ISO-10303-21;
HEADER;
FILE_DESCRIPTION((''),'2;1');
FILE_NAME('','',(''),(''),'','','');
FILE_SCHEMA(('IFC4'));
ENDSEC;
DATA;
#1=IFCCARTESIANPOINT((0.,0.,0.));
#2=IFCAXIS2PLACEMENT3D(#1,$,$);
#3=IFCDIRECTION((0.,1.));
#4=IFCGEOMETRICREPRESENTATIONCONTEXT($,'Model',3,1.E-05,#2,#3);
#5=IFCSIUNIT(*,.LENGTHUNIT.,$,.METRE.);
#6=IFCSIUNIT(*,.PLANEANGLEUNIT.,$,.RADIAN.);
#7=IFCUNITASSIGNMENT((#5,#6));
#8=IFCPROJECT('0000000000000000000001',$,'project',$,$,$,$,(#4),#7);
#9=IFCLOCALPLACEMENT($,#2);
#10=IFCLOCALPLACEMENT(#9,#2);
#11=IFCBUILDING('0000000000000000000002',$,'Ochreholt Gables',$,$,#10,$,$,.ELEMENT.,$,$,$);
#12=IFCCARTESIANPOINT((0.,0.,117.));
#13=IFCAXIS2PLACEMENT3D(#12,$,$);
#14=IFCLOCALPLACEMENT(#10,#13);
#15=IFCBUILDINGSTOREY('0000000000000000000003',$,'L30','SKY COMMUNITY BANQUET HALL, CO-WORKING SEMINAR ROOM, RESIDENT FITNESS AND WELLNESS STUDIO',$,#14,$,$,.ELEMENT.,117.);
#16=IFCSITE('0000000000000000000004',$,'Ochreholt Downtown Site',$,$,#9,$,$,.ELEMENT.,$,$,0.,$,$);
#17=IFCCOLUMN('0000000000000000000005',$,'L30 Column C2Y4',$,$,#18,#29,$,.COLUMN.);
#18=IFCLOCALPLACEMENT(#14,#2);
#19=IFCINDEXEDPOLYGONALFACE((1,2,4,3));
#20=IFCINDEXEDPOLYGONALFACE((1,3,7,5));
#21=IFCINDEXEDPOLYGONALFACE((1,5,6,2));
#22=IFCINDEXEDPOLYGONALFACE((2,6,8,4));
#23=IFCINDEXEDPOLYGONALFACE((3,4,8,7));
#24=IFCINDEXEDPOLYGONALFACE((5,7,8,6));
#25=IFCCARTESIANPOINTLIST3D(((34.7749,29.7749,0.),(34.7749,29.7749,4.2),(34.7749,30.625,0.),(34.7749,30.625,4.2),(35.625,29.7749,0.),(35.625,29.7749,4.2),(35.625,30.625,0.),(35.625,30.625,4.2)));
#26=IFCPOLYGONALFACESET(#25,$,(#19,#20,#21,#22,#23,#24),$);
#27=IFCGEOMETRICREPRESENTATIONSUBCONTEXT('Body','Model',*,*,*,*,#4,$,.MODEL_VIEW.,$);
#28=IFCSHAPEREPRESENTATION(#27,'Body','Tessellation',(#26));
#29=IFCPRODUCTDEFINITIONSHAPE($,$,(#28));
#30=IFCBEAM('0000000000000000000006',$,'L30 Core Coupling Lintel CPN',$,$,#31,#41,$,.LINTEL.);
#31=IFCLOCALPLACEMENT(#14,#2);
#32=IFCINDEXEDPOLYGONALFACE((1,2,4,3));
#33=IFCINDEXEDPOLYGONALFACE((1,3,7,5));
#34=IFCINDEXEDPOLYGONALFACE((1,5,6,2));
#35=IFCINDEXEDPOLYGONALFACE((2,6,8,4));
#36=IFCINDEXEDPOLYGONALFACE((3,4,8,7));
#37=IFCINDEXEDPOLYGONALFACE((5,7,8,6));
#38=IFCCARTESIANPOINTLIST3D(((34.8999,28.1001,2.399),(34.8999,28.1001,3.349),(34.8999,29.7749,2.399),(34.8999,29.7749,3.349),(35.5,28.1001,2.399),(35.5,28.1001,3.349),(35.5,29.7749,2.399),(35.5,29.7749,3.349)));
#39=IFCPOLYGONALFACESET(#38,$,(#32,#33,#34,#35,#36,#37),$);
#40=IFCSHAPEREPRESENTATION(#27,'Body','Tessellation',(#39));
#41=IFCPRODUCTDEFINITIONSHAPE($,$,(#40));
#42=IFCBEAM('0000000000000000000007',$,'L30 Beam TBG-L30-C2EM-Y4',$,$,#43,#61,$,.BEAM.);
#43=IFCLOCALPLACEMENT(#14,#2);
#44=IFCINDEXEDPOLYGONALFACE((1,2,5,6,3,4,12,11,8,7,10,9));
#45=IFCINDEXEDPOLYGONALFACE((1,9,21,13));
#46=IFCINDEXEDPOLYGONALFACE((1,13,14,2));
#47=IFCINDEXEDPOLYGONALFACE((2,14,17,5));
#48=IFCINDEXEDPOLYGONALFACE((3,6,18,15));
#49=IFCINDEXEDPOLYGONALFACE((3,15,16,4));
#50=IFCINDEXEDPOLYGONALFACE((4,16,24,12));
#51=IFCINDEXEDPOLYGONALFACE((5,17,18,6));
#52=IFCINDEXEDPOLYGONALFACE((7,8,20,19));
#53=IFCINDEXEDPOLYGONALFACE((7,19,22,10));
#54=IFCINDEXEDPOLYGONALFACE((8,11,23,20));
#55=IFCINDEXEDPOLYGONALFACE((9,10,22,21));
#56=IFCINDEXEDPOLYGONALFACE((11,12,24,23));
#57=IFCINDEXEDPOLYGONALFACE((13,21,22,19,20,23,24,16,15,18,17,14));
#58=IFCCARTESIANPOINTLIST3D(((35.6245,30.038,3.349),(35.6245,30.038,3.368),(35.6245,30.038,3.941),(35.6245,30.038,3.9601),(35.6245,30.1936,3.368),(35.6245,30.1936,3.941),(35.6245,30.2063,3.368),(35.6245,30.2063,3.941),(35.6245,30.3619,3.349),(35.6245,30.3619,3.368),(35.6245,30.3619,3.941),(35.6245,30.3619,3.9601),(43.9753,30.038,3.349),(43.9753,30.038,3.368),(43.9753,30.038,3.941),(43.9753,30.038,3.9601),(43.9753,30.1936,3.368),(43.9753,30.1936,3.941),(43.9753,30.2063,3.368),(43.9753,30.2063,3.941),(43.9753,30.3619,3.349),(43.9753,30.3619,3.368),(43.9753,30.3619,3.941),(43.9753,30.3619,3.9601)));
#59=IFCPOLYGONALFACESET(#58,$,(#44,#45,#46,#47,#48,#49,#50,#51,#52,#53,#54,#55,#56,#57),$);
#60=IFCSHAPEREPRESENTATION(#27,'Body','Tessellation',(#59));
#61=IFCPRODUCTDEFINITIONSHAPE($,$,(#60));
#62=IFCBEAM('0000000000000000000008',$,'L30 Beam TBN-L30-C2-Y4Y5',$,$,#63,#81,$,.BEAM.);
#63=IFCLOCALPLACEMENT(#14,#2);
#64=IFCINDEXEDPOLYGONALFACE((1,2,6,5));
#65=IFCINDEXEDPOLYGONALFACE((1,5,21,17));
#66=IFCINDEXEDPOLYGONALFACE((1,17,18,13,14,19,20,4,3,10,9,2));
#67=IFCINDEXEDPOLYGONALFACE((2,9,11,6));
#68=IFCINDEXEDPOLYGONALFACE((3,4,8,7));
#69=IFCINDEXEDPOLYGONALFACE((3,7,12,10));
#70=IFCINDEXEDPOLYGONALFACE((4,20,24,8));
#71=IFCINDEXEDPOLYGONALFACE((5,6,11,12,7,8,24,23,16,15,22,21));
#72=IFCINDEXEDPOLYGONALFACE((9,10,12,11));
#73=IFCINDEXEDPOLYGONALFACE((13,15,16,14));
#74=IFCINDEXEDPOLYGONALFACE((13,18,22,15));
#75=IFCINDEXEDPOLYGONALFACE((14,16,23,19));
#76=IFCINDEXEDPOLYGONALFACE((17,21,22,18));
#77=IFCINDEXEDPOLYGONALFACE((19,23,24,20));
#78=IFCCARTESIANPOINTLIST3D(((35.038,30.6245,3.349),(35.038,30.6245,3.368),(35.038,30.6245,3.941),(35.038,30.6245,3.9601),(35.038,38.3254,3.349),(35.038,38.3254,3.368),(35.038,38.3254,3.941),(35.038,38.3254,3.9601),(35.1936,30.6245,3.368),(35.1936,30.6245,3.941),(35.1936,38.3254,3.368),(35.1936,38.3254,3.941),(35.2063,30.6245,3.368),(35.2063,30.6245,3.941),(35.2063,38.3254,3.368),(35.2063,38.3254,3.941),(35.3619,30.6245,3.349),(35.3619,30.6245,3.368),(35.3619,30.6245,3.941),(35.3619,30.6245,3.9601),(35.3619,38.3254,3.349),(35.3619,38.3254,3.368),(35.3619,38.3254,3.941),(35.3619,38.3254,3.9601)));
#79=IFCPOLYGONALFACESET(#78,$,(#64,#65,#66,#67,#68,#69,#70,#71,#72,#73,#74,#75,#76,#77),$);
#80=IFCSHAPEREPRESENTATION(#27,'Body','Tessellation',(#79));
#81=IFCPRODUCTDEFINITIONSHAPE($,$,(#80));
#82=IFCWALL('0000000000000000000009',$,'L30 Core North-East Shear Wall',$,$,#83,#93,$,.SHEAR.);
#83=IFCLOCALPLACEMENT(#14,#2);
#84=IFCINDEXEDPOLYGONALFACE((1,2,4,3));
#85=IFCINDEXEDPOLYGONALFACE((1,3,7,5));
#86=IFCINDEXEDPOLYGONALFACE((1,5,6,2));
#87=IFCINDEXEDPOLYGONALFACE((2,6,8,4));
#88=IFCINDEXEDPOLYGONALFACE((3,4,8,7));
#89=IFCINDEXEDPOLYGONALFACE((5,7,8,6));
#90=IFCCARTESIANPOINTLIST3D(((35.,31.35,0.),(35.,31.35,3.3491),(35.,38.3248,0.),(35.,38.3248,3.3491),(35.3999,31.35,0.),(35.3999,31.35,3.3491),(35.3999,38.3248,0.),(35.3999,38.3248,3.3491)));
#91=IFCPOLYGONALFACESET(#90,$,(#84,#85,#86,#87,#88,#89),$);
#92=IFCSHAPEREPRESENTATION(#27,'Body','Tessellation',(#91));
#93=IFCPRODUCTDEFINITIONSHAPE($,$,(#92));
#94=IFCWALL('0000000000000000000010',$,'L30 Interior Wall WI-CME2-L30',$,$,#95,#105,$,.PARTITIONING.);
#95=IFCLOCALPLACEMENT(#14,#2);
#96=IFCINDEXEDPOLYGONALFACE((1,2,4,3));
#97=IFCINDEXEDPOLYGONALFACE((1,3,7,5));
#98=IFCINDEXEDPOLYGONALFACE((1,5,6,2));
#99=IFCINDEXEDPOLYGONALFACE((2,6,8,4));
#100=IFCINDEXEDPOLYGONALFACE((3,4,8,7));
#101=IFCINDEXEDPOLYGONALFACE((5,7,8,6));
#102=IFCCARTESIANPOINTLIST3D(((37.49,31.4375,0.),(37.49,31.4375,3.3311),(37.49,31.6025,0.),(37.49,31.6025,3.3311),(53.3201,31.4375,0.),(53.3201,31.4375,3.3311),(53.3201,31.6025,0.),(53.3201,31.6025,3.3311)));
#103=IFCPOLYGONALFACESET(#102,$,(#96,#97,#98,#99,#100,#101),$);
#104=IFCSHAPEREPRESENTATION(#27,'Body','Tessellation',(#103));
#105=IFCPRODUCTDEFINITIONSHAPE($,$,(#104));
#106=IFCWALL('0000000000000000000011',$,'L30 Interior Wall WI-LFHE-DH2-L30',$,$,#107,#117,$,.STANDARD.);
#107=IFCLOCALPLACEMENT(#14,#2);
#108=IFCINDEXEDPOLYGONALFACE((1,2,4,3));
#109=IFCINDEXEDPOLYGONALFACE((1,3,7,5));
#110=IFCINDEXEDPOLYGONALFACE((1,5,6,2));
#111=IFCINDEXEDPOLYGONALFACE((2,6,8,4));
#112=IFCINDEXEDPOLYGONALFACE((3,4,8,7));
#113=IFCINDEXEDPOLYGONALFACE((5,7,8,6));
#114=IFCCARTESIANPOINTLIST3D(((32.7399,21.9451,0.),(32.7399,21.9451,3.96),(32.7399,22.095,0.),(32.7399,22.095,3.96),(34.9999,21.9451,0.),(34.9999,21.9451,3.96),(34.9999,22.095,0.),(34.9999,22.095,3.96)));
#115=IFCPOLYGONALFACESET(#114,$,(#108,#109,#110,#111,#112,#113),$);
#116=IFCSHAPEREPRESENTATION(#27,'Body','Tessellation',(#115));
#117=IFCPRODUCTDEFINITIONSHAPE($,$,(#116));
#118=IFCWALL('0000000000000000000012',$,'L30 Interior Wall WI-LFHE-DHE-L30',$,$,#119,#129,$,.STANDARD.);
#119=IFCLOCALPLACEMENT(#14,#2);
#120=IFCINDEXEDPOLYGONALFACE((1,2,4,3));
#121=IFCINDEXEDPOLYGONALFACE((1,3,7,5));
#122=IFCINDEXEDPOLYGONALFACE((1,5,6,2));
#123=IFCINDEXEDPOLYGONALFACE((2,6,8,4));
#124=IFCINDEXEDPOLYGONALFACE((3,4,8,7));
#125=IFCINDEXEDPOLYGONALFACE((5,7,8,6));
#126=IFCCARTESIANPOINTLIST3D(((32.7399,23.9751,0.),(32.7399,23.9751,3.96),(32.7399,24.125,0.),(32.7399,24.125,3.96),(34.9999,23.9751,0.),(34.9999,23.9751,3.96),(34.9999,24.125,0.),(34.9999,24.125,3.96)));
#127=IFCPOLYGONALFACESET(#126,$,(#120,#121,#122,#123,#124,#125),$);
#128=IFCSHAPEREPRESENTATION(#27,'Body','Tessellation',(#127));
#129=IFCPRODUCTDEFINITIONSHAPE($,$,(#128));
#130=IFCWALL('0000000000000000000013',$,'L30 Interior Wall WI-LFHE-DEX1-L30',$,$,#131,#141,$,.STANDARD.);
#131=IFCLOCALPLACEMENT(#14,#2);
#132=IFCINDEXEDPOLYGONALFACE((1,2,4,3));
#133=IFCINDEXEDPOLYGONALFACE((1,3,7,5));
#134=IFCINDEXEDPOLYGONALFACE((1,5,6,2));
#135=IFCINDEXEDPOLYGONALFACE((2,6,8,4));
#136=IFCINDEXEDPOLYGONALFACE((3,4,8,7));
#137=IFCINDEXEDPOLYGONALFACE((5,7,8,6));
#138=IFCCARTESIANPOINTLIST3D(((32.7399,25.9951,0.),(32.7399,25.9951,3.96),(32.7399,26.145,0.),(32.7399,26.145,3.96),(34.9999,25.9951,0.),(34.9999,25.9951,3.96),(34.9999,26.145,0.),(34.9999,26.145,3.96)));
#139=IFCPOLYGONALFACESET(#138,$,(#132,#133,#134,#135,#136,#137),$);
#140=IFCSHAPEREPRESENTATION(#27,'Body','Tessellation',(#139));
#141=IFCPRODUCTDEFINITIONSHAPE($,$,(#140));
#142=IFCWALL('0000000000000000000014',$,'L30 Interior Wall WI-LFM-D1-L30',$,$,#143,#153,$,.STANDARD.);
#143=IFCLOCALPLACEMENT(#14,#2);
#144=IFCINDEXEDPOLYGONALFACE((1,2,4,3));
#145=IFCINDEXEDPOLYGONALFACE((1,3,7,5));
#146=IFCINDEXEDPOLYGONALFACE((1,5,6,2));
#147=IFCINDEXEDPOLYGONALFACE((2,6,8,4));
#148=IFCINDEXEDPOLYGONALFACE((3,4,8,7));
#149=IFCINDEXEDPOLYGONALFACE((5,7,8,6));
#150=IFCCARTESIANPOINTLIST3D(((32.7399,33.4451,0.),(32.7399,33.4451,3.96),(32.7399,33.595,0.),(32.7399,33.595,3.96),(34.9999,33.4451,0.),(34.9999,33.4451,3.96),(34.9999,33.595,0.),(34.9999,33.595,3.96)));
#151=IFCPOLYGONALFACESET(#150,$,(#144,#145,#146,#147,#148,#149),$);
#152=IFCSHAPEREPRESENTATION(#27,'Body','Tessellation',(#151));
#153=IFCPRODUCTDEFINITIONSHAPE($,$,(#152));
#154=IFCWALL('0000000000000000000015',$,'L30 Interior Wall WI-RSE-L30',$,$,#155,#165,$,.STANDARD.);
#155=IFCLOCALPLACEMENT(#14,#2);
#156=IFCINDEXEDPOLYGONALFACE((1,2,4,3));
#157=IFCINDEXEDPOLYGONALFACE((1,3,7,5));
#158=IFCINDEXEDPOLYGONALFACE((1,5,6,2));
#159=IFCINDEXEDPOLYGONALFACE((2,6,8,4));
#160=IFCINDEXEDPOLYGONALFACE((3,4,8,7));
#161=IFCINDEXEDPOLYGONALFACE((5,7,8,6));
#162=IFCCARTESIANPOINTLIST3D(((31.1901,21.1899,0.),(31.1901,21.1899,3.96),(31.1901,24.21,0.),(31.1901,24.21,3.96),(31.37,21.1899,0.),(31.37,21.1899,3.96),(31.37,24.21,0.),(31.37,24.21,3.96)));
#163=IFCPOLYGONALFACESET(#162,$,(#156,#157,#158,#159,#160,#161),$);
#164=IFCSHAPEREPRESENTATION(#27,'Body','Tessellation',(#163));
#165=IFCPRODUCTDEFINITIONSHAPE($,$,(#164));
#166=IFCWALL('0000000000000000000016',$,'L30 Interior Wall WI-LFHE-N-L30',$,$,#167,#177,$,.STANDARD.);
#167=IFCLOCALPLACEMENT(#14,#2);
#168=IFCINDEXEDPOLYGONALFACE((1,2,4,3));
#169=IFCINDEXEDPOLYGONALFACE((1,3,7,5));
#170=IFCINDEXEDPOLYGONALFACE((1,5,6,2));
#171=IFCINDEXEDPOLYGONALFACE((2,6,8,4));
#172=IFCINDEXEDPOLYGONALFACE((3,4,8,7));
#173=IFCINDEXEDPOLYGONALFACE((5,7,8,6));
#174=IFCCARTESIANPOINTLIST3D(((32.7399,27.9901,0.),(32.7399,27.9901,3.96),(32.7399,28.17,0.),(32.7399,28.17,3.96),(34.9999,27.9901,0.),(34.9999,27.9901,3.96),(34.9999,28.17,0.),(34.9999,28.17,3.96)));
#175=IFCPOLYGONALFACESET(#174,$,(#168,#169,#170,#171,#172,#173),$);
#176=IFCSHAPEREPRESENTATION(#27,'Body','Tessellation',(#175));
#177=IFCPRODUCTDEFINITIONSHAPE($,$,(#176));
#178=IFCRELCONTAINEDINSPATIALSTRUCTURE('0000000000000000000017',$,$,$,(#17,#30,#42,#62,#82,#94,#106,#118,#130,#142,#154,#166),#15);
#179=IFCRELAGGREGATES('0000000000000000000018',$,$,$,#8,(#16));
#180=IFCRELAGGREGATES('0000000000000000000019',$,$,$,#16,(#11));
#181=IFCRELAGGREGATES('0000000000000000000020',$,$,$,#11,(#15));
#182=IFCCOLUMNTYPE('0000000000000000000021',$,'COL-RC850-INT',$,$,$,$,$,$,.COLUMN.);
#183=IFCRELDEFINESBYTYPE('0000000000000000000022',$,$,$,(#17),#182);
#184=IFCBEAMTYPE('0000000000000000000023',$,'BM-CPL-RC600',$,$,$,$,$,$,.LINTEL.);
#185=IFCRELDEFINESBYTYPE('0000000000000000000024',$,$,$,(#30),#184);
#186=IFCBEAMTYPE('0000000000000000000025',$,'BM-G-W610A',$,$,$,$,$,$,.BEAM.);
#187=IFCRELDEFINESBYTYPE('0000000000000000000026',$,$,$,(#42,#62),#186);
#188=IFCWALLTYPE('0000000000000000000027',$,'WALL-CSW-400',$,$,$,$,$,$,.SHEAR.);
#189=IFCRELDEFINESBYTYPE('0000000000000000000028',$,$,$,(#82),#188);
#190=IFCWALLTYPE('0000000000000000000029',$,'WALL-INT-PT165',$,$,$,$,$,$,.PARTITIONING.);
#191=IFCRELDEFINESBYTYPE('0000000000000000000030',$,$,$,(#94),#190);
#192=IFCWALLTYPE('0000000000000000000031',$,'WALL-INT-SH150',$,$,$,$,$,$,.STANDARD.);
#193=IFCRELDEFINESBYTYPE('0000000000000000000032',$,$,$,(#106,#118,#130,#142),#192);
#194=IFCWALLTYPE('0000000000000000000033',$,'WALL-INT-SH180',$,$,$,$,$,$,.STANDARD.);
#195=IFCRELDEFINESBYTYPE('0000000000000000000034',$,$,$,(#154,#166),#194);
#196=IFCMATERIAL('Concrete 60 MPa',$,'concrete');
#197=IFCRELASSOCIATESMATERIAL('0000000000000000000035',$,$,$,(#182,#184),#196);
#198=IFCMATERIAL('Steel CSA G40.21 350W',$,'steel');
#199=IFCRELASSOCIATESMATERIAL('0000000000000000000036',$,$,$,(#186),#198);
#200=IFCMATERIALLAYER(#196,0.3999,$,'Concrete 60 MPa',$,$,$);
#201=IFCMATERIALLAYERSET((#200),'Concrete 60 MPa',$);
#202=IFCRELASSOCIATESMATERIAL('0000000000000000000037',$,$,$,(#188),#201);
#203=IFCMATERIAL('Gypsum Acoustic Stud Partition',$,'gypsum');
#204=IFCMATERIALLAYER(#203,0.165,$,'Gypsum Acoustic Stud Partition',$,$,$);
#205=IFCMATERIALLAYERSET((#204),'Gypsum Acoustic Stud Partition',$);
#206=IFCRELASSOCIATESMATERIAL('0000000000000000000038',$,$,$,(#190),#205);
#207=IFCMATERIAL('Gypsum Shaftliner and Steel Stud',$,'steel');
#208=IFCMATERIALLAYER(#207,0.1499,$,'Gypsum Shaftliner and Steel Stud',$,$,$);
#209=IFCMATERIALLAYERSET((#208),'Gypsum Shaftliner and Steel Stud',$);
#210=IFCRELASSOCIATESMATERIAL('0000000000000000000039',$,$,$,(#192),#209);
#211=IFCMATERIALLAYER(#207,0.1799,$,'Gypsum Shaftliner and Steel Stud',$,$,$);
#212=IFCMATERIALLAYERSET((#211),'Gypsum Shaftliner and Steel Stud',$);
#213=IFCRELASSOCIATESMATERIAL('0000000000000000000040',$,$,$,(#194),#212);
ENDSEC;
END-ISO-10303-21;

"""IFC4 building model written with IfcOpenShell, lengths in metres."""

from ifc_helpers import new_model, si_unit, direction, frame, frame_2d, origin, origin_2d, place, context, subcontext, project, spatial, rectangle, i_section, extrude, material, layer, layer_set, material_profile, profile_set, type_object, element, save


model = new_model("IFC4")

# Units and contexts
model_context = context("Model", 3, precision=1e-05, world=origin(), true_north=direction((0.0, 1.0)))
body_context = subcontext(model_context, "Body", "Model", "MODEL_VIEW")
ifc_project = project(units=[si_unit("LENGTHUNIT", "METRE"), si_unit("PLANEANGLEUNIT", "RADIAN")], contexts=[model_context])

# Site, building, storey
site_placement = place(None, origin())
site = spatial("IfcSite", under=ifc_project, at=site_placement, Name="Ochreholt Downtown Site", CompositionType="ELEMENT", RefElevation=0.0)
building_placement = place(site_placement, origin())
building = spatial("IfcBuilding", under=site, at=building_placement, Name="Ochreholt Gables", CompositionType="ELEMENT")
storey_placement = place(building_placement, frame((0.0, 0.0, 117.0)))
storey = spatial("IfcBuildingStorey", under=building, at=storey_placement, Name="L30", Description="SKY COMMUNITY BANQUET HALL, CO-WORKING SEMINAR ROOM, RESIDENT FITNESS AND WELLNESS STUDIO", CompositionType="ELEMENT", Elevation=117.0)

# Column
ifc_material_1 = material(Name="Concrete 60 MPa", Category="concrete")
ifc_material_profile_1 = material_profile(ifc_material_1, rectangle(XDim=0.8501, YDim=0.8501, at=origin_2d()), Name="RC850X850")
ifc_profile_set_1 = profile_set([ifc_material_profile_1], Name="Concrete 60 MPa")
column_type = type_object("IfcColumnType", Name="COL-RC850-INT", PredefinedType="COLUMN", material=ifc_profile_set_1)
column_placement = place(storey_placement, frame((35.2, 30.2, 0.0), z_axis=(0.0, 0.0, 1.0), x_axis=(1.0, 0.0, 0.0)))
element("IfcColumn", 1, at=column_placement, inside=storey, type_object=column_type, Name="L30 Column C2Y4", PredefinedType="COLUMN", context=body_context, shape_type="SweptSolid", body=[
    extrude(rectangle(XDim=0.8501, YDim=0.8501, at=origin_2d()), origin(), (0.0, 0.0, 1.0), 4.2),
])

# Beams
ifc_material_profile_2 = material_profile(ifc_material_1, rectangle(XDim=0.6001, YDim=0.95, at=origin_2d()), Name="RCB600X950")
ifc_profile_set_2 = profile_set([ifc_material_profile_2], Name="Concrete 60 MPa")
beam_type_1 = type_object("IfcBeamType", Name="BM-CPL-RC600", PredefinedType="LINTEL", material=ifc_profile_set_2)
beam_1_placement = place(storey_placement, frame((35.2, 28.1001, 2.874), z_axis=(0.0, 1.0, 0.0), x_axis=(-1.0, 0.0, 0.0)))
element("IfcBeam", 2, at=beam_1_placement, inside=storey, type_object=beam_type_1, Name="L30 Core Coupling Lintel CPN", PredefinedType="LINTEL", context=body_context, shape_type="SweptSolid", body=[
    extrude(rectangle(XDim=0.6001, YDim=0.95, at=origin_2d()), origin(), (0.0, 0.0, 1.0), 1.6748),
])
ifc_material_2 = material(Name="Steel CSA G40.21 350W", Category="steel")
ifc_material_profile_3 = material_profile(ifc_material_2, i_section(OverallWidth=0.324, OverallDepth=0.6111, WebThickness=0.0127, FlangeThickness=0.019, at=origin_2d()), Name="W610X155")
ifc_profile_set_3 = profile_set([ifc_material_profile_3], Name="Steel CSA G40.21 350W")
beam_type_2 = type_object("IfcBeamType", Name="BM-G-W610A", PredefinedType="BEAM", material=ifc_profile_set_3)
beam_2_placement = place(storey_placement, frame((35.6245, 30.2, 3.6545), z_axis=(1.0, 0.0, 0.0), x_axis=(0.0, 1.0, 0.0)))
element("IfcBeam", 3, at=beam_2_placement, inside=storey, type_object=beam_type_2, Name="L30 Beam TBG-L30-C2EM-Y4", PredefinedType="BEAM", context=body_context, shape_type="SweptSolid", body=[
    extrude(i_section(OverallWidth=0.324, OverallDepth=0.6111, WebThickness=0.0127, FlangeThickness=0.019, at=origin_2d()), origin(), (0.0, 0.0, 1.0), 8.3508),
])
beam_3_placement = place(storey_placement, frame((35.2, 30.6245, 3.6545), z_axis=(0.0, 1.0, 0.0), x_axis=(-1.0, 0.0, 0.0)))
element("IfcBeam", 4, at=beam_3_placement, inside=storey, type_object=beam_type_2, Name="L30 Beam TBN-L30-C2-Y4Y5", PredefinedType="BEAM", context=body_context, shape_type="SweptSolid", body=[
    extrude(i_section(OverallWidth=0.324, OverallDepth=0.6111, WebThickness=0.0127, FlangeThickness=0.019, at=origin_2d()), origin(), (0.0, 0.0, 1.0), 7.7009),
])

# Walls
ifc_layer_1 = layer(ifc_material_1, 0.3999, Name="Concrete 60 MPa")
ifc_layer_set_1 = layer_set([ifc_layer_1], Name="Concrete 60 MPa")
wall_type_1 = type_object("IfcWallType", Name="WALL-CSW-400", PredefinedType="SHEAR", material=ifc_layer_set_1)
wall_1_placement = place(storey_placement, frame((35.2, 31.3501, 0.0), z_axis=(0.0, 0.0, 1.0), x_axis=(0.0, 1.0, 0.0)))
element("IfcWall", 5, at=wall_1_placement, inside=storey, type_object=wall_type_1, Name="L30 Core North-East Shear Wall", PredefinedType="SHEAR", context=body_context, shape_type="SweptSolid", body=[
    extrude(rectangle(XDim=6.9749, YDim=0.3999, at=frame_2d((3.4873, 0.0))), origin(), (0.0, 0.0, 1.0), 3.3491),
])
ifc_material_3 = material(Name="Gypsum Acoustic Stud Partition", Category="gypsum")
ifc_layer_2 = layer(ifc_material_3, 0.165, Name="Gypsum Acoustic Stud Partition")
ifc_layer_set_2 = layer_set([ifc_layer_2], Name="Gypsum Acoustic Stud Partition")
wall_type_2 = type_object("IfcWallType", Name="WALL-INT-PT165", PredefinedType="PARTITIONING", material=ifc_layer_set_2)
wall_2_placement = place(storey_placement, frame((37.49, 31.52, 0.0), z_axis=(0.0, 0.0, 1.0), x_axis=(1.0, 0.0, 0.0)))
element("IfcWall", 6, at=wall_2_placement, inside=storey, type_object=wall_type_2, Name="L30 Interior Wall WI-CME2-L30", PredefinedType="PARTITIONING", context=body_context, shape_type="SweptSolid", body=[
    extrude(rectangle(XDim=15.8301, YDim=0.165, at=frame_2d((7.915, 0.0))), origin(), (0.0, 0.0, 1.0), 3.3311),
])
ifc_material_4 = material(Name="Gypsum Shaftliner and Steel Stud", Category="steel")
ifc_layer_3 = layer(ifc_material_4, 0.1499, Name="Gypsum Shaftliner and Steel Stud")
ifc_layer_set_3 = layer_set([ifc_layer_3], Name="Gypsum Shaftliner and Steel Stud")
wall_type_3 = type_object("IfcWallType", Name="WALL-INT-SH150", PredefinedType="STANDARD", material=ifc_layer_set_3)
for number, where, z_axis, x_axis, name in (
    (7, (32.74, 22.02, 0.0), (0.0, 0.0, 1.0), (1.0, 0.0, 0.0), "L30 Interior Wall WI-LFHE-DH2-L30"),
    (8, (32.74, 24.05, 0.0), (0.0, 0.0, 1.0), (1.0, 0.0, 0.0), "L30 Interior Wall WI-LFHE-DHE-L30"),
    (9, (32.74, 26.0701, 0.0), (0.0, 0.0, 1.0), (1.0, 0.0, 0.0), "L30 Interior Wall WI-LFHE-DEX1-L30"),
    (10, (32.74, 33.52, 0.0), (0.0, 0.0, 1.0), (1.0, 0.0, 0.0), "L30 Interior Wall WI-LFM-D1-L30"),
):
    element("IfcWall", number, at=place(storey_placement, frame(where, z_axis=z_axis, x_axis=x_axis)), inside=storey, type_object=wall_type_3, Name=name, PredefinedType="STANDARD", context=body_context, shape_type="SweptSolid", body=[
        extrude(rectangle(XDim=2.26, YDim=0.1499, at=frame_2d((1.1299, 0.0))), origin(), (0.0, 0.0, 1.0), 3.96),
    ])
ifc_layer_4 = layer(ifc_material_4, 0.1799, Name="Gypsum Shaftliner and Steel Stud")
ifc_layer_set_4 = layer_set([ifc_layer_4], Name="Gypsum Shaftliner and Steel Stud")
wall_type_4 = type_object("IfcWallType", Name="WALL-INT-SH180", PredefinedType="STANDARD", material=ifc_layer_set_4)
wall_3_placement = place(storey_placement, frame((31.28, 21.1899, 0.0), z_axis=(0.0, 0.0, 1.0), x_axis=(0.0, 1.0, 0.0)))
element("IfcWall", 11, at=wall_3_placement, inside=storey, type_object=wall_type_4, Name="L30 Interior Wall WI-RSE-L30", PredefinedType="STANDARD", context=body_context, shape_type="SweptSolid", body=[
    extrude(rectangle(XDim=3.02, YDim=0.1799, at=frame_2d((1.51, 0.0))), origin(), (0.0, 0.0, 1.0), 3.96),
])
wall_4_placement = place(storey_placement, frame((32.74, 28.0801, 0.0), z_axis=(0.0, 0.0, 1.0), x_axis=(1.0, 0.0, 0.0)))
element("IfcWall", 12, at=wall_4_placement, inside=storey, type_object=wall_type_4, Name="L30 Interior Wall WI-LFHE-N-L30", PredefinedType="STANDARD", context=body_context, shape_type="SweptSolid", body=[
    extrude(rectangle(XDim=2.26, YDim=0.1799, at=frame_2d((1.1299, 0.0))), origin(), (0.0, 0.0, 1.0), 3.96),
])

save(model, "model.ifc")
